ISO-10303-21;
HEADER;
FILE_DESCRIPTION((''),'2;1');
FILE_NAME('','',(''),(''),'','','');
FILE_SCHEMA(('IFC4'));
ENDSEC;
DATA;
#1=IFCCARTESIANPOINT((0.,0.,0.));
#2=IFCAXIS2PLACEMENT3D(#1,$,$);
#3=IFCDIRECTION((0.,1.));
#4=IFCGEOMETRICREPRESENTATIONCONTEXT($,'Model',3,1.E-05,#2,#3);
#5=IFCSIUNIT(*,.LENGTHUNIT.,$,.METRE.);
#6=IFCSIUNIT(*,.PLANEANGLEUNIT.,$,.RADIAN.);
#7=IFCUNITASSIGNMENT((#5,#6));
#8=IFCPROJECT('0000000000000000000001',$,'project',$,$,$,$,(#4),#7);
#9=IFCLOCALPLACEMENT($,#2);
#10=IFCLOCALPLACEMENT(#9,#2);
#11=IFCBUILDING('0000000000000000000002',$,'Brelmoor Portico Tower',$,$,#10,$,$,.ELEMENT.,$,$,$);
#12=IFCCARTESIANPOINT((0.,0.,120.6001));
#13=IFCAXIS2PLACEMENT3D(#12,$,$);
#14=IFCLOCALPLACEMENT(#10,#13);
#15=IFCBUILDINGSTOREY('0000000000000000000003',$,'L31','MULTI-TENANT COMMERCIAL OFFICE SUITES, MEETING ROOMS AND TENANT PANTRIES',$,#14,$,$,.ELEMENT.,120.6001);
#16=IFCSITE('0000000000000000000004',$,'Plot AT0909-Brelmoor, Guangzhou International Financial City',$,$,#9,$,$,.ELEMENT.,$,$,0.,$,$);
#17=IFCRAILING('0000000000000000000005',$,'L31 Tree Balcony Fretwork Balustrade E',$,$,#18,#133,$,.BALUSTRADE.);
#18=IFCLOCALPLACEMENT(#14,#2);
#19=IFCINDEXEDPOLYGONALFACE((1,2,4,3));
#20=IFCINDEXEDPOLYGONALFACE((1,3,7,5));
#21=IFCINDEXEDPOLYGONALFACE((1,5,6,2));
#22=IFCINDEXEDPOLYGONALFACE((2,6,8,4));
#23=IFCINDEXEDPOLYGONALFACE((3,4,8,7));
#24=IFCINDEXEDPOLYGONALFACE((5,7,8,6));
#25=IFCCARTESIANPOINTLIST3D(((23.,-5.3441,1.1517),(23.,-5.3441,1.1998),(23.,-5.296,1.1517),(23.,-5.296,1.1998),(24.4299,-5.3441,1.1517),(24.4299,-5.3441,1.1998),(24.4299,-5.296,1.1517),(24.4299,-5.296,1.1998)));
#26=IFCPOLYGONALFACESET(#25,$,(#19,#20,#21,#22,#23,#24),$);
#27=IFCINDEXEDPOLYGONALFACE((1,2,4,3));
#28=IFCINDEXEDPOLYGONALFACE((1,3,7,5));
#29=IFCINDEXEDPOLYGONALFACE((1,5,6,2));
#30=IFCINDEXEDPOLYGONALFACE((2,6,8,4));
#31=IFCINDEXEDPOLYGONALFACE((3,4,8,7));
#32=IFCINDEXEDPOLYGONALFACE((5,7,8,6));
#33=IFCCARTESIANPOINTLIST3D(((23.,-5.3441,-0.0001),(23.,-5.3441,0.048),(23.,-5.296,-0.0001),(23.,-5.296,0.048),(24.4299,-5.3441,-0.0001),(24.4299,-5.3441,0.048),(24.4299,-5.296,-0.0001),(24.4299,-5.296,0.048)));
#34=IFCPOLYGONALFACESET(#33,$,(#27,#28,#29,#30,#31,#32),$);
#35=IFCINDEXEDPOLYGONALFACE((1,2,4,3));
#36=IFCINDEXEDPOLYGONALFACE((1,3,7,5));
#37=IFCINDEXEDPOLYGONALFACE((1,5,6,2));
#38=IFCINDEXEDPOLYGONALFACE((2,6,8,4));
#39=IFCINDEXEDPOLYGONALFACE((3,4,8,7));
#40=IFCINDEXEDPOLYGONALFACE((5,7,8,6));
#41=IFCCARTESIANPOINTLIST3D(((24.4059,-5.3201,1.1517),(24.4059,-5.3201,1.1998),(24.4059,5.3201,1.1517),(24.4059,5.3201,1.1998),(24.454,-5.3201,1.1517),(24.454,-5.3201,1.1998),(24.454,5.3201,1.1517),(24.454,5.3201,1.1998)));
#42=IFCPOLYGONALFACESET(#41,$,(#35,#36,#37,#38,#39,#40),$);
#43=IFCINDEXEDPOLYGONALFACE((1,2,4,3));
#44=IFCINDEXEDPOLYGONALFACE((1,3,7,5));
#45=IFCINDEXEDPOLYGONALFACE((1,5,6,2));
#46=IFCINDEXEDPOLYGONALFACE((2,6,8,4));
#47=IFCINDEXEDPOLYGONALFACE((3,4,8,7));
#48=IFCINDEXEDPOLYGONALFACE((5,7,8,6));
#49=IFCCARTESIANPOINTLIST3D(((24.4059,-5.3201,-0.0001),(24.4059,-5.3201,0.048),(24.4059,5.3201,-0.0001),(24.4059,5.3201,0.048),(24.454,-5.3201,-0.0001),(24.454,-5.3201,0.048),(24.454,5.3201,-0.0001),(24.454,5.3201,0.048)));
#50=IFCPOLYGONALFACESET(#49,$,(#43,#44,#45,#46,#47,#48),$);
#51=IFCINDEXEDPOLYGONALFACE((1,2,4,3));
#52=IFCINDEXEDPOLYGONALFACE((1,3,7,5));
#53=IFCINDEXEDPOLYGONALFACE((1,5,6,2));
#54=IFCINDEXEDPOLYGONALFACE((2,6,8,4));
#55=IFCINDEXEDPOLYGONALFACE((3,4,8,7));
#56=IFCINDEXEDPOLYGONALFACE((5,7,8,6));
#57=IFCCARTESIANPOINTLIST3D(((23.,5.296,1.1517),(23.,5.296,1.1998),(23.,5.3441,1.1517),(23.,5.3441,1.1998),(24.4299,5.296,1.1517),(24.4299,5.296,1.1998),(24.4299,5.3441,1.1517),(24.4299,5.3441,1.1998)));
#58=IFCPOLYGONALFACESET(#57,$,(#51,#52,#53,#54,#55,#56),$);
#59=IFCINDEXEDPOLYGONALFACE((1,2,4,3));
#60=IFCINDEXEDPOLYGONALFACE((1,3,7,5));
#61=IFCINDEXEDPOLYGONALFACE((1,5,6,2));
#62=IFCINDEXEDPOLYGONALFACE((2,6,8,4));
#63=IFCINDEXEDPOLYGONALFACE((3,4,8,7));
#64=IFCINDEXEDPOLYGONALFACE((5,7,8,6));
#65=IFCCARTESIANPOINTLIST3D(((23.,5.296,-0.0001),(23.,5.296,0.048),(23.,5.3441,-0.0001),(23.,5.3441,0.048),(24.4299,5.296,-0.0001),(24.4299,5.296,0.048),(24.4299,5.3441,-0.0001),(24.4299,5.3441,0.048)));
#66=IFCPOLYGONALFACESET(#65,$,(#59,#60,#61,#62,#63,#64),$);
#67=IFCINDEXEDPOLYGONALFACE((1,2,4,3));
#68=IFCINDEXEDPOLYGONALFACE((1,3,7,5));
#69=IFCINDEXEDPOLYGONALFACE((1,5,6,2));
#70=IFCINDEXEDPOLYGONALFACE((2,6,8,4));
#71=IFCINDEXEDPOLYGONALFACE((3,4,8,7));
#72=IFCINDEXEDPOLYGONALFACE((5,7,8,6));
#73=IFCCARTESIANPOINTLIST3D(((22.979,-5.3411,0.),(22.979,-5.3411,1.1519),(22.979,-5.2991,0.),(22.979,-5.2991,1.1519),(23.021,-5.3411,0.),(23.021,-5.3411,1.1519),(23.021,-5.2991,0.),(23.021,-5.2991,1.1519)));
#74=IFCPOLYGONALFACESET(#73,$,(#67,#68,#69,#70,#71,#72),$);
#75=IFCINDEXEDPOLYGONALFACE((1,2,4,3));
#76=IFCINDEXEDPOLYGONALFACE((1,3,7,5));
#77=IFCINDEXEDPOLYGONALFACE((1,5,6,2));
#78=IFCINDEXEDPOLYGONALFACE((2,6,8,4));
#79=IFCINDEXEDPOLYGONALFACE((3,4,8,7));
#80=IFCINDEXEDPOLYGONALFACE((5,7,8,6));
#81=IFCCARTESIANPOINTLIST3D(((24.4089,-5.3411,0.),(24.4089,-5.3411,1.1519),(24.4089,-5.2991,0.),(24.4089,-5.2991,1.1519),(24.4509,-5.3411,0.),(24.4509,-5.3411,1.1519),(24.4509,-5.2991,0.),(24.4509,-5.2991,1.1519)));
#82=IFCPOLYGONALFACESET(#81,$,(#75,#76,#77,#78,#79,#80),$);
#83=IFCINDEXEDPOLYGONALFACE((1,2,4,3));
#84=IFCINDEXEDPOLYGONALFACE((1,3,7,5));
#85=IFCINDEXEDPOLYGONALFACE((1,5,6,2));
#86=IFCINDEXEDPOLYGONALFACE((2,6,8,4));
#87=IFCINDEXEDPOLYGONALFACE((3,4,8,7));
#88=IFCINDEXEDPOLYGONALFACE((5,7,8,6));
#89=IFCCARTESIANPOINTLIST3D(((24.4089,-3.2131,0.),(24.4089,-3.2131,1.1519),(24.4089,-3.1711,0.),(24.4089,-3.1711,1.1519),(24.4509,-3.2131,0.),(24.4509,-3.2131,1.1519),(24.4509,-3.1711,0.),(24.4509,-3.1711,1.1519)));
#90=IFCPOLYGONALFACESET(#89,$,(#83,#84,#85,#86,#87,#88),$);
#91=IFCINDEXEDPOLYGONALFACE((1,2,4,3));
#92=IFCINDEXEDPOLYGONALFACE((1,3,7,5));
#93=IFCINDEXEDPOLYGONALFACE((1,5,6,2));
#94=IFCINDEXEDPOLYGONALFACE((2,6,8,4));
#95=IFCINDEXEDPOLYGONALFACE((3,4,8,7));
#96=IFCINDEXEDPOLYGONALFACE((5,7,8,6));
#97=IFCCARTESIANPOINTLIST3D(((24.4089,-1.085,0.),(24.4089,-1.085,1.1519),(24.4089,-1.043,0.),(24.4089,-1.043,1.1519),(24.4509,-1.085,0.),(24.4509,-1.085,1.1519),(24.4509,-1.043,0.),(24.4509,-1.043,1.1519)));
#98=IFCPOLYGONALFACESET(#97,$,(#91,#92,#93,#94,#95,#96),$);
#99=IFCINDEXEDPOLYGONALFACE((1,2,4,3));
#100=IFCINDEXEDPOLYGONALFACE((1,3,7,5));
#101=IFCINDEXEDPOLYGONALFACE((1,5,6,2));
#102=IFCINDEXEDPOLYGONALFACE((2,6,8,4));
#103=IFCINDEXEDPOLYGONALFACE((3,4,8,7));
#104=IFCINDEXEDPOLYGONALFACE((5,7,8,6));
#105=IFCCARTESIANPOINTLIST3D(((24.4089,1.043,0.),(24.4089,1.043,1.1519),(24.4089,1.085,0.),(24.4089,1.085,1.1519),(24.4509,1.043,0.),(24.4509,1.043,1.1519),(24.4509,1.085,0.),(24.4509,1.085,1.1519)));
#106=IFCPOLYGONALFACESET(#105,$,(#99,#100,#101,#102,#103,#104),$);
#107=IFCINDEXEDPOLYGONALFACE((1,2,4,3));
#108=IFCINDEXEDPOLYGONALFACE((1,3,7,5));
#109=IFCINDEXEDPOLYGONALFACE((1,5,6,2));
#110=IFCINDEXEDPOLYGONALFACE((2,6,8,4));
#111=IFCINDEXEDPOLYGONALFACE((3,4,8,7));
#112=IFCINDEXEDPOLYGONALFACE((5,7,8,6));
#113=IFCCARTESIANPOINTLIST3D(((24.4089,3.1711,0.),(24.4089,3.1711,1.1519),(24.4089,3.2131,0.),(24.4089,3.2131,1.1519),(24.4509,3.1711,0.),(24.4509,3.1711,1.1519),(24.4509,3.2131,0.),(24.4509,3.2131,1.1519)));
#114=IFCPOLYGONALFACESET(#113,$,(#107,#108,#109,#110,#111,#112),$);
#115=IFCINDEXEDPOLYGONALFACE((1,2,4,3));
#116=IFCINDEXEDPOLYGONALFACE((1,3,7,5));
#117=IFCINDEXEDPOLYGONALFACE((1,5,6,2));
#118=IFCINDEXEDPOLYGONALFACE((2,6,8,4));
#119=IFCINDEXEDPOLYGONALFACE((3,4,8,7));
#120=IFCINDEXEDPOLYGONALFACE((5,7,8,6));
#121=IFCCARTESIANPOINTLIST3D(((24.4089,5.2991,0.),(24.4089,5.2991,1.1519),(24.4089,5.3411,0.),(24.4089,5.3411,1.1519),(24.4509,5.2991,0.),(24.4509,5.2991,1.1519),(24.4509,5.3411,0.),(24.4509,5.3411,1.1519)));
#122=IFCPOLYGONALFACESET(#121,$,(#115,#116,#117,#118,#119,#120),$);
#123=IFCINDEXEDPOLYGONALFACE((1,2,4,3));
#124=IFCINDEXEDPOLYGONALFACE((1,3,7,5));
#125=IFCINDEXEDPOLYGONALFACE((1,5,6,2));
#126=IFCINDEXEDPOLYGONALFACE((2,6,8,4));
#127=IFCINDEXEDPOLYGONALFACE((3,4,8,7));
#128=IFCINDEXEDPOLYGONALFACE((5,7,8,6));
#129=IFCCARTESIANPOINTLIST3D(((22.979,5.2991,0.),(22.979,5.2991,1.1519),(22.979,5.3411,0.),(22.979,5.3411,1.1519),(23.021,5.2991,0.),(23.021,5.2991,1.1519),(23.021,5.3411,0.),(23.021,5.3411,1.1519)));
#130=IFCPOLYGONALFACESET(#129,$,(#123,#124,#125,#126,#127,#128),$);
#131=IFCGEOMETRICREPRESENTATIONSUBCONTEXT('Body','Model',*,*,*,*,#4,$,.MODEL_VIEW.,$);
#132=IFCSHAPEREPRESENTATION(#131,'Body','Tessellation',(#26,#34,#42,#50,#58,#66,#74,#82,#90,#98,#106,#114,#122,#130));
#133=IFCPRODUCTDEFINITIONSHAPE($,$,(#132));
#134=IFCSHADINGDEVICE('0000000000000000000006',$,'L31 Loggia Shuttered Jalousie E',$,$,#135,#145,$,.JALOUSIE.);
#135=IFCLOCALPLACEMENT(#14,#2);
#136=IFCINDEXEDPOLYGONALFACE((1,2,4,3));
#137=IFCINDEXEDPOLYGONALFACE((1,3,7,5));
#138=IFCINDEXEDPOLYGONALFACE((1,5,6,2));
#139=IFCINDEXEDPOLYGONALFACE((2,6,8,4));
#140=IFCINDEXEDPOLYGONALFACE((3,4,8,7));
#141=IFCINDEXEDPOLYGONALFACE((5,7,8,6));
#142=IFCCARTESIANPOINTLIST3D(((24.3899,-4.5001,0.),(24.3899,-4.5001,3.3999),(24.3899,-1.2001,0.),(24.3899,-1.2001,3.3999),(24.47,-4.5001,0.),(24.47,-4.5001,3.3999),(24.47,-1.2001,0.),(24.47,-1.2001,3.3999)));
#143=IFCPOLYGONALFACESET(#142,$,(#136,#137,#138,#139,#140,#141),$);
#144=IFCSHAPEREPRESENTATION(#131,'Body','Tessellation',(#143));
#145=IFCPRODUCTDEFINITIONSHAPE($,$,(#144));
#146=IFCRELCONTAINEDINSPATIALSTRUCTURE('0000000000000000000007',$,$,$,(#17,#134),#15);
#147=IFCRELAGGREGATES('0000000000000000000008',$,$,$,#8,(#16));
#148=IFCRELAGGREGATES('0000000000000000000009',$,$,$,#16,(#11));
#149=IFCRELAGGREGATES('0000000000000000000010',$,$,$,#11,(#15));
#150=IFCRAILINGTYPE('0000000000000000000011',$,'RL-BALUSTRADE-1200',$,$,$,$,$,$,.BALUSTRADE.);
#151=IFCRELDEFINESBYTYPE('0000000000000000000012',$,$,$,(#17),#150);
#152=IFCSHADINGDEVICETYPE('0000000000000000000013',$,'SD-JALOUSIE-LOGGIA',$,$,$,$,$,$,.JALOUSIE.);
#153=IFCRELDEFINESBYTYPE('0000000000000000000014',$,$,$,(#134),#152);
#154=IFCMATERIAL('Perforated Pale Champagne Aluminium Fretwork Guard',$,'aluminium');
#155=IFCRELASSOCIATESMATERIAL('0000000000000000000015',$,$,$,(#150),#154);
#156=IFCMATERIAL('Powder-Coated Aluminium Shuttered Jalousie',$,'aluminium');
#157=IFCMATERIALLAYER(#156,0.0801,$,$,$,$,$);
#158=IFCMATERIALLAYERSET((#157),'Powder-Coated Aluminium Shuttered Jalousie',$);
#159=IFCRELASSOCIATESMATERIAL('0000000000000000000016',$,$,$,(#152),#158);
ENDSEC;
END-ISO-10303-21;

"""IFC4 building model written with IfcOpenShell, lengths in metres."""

from ifc_helpers import new_model, si_unit, direction, frame, origin, origin_2d, place, context, subcontext, project, spatial, rectangle, extrude, material, layer, layer_set, type_object, element, save


model = new_model("IFC4")

# Units and contexts
model_context = context("Model", 3, precision=1e-05, world=origin(), true_north=direction((0.0, 1.0)))
body_context = subcontext(model_context, "Body", "Model", "MODEL_VIEW")
ifc_project = project(units=[si_unit("LENGTHUNIT", "METRE"), si_unit("PLANEANGLEUNIT", "RADIAN")], contexts=[model_context])

# Site, building, storey
site_placement = place(None, origin())
site = spatial("IfcSite", under=ifc_project, at=site_placement, Name="Plot AT0909-Brelmoor, Guangzhou International Financial City", CompositionType="ELEMENT", RefElevation=0.0)
building_placement = place(site_placement, origin())
building = spatial("IfcBuilding", under=site, at=building_placement, Name="Brelmoor Portico Tower", CompositionType="ELEMENT")
storey_placement = place(building_placement, frame((0.0, 0.0, 120.6001)))
storey = spatial("IfcBuildingStorey", under=building, at=storey_placement, Name="L31", Description="MULTI-TENANT COMMERCIAL OFFICE SUITES, MEETING ROOMS AND TENANT PANTRIES", CompositionType="ELEMENT", Elevation=120.6001)

# Railing
ifc_material_1 = material(Name="Perforated Pale Champagne Aluminium Fretwork Guard", Category="aluminium")
railing_type = type_object("IfcRailingType", Name="RL-BALUSTRADE-1200", PredefinedType="BALUSTRADE", material=ifc_material_1)
railing_placement = place(storey_placement, frame((23.0, -5.3201, 0.0)))
element("IfcRailing", 1, at=railing_placement, inside=storey, type_object=railing_type, Name="L31 Tree Balcony Fretwork Balustrade E", PredefinedType="BALUSTRADE", context=body_context, shape_type="SweptSolid", body=[
    extrude(rectangle(XDim=0.0481, YDim=0.0481, at=origin_2d()), frame((0.0, 0.0, 1.1758), z_axis=(1.0, 0.0, 0.0), x_axis=(0.0, 1.0, 0.0)), (0.0, 0.0, 1.0), 1.4299),
    extrude(rectangle(XDim=0.0481, YDim=0.0481, at=origin_2d()), frame((0.0, 0.0, 0.0239), z_axis=(1.0, 0.0, 0.0), x_axis=(0.0, 1.0, 0.0)), (0.0, 0.0, 1.0), 1.4299),
    extrude(rectangle(XDim=0.0481, YDim=0.0481, at=origin_2d()), frame((1.4299, 0.0, 1.1758), z_axis=(0.0, 1.0, 0.0), x_axis=(-1.0, 0.0, 0.0)), (0.0, 0.0, 1.0), 10.6401),
    extrude(rectangle(XDim=0.0481, YDim=0.0481, at=origin_2d()), frame((1.4299, 0.0, 0.0239), z_axis=(0.0, 1.0, 0.0), x_axis=(-1.0, 0.0, 0.0)), (0.0, 0.0, 1.0), 10.6401),
    extrude(rectangle(XDim=0.0481, YDim=0.0481, at=origin_2d()), frame((1.4299, 10.6401, 1.1758), z_axis=(-1.0, 0.0, 0.0), x_axis=(0.0, -1.0, 0.0)), (0.0, 0.0, 1.0), 1.4299),
    extrude(rectangle(XDim=0.0481, YDim=0.0481, at=origin_2d()), frame((1.4299, 10.6401, 0.0239), z_axis=(-1.0, 0.0, 0.0), x_axis=(0.0, -1.0, 0.0)), (0.0, 0.0, 1.0), 1.4299),
    extrude(rectangle(XDim=0.042, YDim=0.042, at=origin_2d()), origin(), (0.0, 0.0, 1.0), 1.1519),
    extrude(rectangle(XDim=0.042, YDim=0.042, at=origin_2d()), frame((1.4299, 0.0, 0.0)), (0.0, 0.0, 1.0), 1.1519),
    extrude(rectangle(XDim=0.042, YDim=0.042, at=origin_2d()), frame((1.4299, 2.1279, 0.0)), (0.0, 0.0, 1.0), 1.1519),
    extrude(rectangle(XDim=0.042, YDim=0.042, at=origin_2d()), frame((1.4299, 4.2561, 0.0)), (0.0, 0.0, 1.0), 1.1519),
    extrude(rectangle(XDim=0.042, YDim=0.042, at=origin_2d()), frame((1.4299, 6.384, 0.0)), (0.0, 0.0, 1.0), 1.1519),
    extrude(rectangle(XDim=0.042, YDim=0.042, at=origin_2d()), frame((1.4299, 8.5122, 0.0)), (0.0, 0.0, 1.0), 1.1519),
    extrude(rectangle(XDim=0.042, YDim=0.042, at=origin_2d()), frame((1.4299, 10.6401, 0.0)), (0.0, 0.0, 1.0), 1.1519),
    extrude(rectangle(XDim=0.042, YDim=0.042, at=origin_2d()), frame((0.0, 10.6401, 0.0)), (0.0, 0.0, 1.0), 1.1519),
])

# Shading device
ifc_material_2 = material(Name="Powder-Coated Aluminium Shuttered Jalousie", Category="aluminium")
ifc_layer_1 = layer(ifc_material_2, 0.0801)
ifc_layer_set_1 = layer_set([ifc_layer_1], Name="Powder-Coated Aluminium Shuttered Jalousie")
shading_device_type = type_object("IfcShadingDeviceType", Name="SD-JALOUSIE-LOGGIA", PredefinedType="JALOUSIE", material=ifc_layer_set_1)
shading_device_placement = place(storey_placement, frame((24.4299, -2.8501, 0.0), z_axis=(0.0, 0.0, 1.0), x_axis=(0.0, 1.0, 0.0)))
element("IfcShadingDevice", 2, at=shading_device_placement, inside=storey, type_object=shading_device_type, Name="L31 Loggia Shuttered Jalousie E", PredefinedType="JALOUSIE", context=body_context, shape_type="SweptSolid", body=[
    extrude(rectangle(XDim=3.3, YDim=0.0801, at=origin_2d()), origin(), (0.0, 0.0, 1.0), 3.3999),
])

save(model, "model.ifc")
